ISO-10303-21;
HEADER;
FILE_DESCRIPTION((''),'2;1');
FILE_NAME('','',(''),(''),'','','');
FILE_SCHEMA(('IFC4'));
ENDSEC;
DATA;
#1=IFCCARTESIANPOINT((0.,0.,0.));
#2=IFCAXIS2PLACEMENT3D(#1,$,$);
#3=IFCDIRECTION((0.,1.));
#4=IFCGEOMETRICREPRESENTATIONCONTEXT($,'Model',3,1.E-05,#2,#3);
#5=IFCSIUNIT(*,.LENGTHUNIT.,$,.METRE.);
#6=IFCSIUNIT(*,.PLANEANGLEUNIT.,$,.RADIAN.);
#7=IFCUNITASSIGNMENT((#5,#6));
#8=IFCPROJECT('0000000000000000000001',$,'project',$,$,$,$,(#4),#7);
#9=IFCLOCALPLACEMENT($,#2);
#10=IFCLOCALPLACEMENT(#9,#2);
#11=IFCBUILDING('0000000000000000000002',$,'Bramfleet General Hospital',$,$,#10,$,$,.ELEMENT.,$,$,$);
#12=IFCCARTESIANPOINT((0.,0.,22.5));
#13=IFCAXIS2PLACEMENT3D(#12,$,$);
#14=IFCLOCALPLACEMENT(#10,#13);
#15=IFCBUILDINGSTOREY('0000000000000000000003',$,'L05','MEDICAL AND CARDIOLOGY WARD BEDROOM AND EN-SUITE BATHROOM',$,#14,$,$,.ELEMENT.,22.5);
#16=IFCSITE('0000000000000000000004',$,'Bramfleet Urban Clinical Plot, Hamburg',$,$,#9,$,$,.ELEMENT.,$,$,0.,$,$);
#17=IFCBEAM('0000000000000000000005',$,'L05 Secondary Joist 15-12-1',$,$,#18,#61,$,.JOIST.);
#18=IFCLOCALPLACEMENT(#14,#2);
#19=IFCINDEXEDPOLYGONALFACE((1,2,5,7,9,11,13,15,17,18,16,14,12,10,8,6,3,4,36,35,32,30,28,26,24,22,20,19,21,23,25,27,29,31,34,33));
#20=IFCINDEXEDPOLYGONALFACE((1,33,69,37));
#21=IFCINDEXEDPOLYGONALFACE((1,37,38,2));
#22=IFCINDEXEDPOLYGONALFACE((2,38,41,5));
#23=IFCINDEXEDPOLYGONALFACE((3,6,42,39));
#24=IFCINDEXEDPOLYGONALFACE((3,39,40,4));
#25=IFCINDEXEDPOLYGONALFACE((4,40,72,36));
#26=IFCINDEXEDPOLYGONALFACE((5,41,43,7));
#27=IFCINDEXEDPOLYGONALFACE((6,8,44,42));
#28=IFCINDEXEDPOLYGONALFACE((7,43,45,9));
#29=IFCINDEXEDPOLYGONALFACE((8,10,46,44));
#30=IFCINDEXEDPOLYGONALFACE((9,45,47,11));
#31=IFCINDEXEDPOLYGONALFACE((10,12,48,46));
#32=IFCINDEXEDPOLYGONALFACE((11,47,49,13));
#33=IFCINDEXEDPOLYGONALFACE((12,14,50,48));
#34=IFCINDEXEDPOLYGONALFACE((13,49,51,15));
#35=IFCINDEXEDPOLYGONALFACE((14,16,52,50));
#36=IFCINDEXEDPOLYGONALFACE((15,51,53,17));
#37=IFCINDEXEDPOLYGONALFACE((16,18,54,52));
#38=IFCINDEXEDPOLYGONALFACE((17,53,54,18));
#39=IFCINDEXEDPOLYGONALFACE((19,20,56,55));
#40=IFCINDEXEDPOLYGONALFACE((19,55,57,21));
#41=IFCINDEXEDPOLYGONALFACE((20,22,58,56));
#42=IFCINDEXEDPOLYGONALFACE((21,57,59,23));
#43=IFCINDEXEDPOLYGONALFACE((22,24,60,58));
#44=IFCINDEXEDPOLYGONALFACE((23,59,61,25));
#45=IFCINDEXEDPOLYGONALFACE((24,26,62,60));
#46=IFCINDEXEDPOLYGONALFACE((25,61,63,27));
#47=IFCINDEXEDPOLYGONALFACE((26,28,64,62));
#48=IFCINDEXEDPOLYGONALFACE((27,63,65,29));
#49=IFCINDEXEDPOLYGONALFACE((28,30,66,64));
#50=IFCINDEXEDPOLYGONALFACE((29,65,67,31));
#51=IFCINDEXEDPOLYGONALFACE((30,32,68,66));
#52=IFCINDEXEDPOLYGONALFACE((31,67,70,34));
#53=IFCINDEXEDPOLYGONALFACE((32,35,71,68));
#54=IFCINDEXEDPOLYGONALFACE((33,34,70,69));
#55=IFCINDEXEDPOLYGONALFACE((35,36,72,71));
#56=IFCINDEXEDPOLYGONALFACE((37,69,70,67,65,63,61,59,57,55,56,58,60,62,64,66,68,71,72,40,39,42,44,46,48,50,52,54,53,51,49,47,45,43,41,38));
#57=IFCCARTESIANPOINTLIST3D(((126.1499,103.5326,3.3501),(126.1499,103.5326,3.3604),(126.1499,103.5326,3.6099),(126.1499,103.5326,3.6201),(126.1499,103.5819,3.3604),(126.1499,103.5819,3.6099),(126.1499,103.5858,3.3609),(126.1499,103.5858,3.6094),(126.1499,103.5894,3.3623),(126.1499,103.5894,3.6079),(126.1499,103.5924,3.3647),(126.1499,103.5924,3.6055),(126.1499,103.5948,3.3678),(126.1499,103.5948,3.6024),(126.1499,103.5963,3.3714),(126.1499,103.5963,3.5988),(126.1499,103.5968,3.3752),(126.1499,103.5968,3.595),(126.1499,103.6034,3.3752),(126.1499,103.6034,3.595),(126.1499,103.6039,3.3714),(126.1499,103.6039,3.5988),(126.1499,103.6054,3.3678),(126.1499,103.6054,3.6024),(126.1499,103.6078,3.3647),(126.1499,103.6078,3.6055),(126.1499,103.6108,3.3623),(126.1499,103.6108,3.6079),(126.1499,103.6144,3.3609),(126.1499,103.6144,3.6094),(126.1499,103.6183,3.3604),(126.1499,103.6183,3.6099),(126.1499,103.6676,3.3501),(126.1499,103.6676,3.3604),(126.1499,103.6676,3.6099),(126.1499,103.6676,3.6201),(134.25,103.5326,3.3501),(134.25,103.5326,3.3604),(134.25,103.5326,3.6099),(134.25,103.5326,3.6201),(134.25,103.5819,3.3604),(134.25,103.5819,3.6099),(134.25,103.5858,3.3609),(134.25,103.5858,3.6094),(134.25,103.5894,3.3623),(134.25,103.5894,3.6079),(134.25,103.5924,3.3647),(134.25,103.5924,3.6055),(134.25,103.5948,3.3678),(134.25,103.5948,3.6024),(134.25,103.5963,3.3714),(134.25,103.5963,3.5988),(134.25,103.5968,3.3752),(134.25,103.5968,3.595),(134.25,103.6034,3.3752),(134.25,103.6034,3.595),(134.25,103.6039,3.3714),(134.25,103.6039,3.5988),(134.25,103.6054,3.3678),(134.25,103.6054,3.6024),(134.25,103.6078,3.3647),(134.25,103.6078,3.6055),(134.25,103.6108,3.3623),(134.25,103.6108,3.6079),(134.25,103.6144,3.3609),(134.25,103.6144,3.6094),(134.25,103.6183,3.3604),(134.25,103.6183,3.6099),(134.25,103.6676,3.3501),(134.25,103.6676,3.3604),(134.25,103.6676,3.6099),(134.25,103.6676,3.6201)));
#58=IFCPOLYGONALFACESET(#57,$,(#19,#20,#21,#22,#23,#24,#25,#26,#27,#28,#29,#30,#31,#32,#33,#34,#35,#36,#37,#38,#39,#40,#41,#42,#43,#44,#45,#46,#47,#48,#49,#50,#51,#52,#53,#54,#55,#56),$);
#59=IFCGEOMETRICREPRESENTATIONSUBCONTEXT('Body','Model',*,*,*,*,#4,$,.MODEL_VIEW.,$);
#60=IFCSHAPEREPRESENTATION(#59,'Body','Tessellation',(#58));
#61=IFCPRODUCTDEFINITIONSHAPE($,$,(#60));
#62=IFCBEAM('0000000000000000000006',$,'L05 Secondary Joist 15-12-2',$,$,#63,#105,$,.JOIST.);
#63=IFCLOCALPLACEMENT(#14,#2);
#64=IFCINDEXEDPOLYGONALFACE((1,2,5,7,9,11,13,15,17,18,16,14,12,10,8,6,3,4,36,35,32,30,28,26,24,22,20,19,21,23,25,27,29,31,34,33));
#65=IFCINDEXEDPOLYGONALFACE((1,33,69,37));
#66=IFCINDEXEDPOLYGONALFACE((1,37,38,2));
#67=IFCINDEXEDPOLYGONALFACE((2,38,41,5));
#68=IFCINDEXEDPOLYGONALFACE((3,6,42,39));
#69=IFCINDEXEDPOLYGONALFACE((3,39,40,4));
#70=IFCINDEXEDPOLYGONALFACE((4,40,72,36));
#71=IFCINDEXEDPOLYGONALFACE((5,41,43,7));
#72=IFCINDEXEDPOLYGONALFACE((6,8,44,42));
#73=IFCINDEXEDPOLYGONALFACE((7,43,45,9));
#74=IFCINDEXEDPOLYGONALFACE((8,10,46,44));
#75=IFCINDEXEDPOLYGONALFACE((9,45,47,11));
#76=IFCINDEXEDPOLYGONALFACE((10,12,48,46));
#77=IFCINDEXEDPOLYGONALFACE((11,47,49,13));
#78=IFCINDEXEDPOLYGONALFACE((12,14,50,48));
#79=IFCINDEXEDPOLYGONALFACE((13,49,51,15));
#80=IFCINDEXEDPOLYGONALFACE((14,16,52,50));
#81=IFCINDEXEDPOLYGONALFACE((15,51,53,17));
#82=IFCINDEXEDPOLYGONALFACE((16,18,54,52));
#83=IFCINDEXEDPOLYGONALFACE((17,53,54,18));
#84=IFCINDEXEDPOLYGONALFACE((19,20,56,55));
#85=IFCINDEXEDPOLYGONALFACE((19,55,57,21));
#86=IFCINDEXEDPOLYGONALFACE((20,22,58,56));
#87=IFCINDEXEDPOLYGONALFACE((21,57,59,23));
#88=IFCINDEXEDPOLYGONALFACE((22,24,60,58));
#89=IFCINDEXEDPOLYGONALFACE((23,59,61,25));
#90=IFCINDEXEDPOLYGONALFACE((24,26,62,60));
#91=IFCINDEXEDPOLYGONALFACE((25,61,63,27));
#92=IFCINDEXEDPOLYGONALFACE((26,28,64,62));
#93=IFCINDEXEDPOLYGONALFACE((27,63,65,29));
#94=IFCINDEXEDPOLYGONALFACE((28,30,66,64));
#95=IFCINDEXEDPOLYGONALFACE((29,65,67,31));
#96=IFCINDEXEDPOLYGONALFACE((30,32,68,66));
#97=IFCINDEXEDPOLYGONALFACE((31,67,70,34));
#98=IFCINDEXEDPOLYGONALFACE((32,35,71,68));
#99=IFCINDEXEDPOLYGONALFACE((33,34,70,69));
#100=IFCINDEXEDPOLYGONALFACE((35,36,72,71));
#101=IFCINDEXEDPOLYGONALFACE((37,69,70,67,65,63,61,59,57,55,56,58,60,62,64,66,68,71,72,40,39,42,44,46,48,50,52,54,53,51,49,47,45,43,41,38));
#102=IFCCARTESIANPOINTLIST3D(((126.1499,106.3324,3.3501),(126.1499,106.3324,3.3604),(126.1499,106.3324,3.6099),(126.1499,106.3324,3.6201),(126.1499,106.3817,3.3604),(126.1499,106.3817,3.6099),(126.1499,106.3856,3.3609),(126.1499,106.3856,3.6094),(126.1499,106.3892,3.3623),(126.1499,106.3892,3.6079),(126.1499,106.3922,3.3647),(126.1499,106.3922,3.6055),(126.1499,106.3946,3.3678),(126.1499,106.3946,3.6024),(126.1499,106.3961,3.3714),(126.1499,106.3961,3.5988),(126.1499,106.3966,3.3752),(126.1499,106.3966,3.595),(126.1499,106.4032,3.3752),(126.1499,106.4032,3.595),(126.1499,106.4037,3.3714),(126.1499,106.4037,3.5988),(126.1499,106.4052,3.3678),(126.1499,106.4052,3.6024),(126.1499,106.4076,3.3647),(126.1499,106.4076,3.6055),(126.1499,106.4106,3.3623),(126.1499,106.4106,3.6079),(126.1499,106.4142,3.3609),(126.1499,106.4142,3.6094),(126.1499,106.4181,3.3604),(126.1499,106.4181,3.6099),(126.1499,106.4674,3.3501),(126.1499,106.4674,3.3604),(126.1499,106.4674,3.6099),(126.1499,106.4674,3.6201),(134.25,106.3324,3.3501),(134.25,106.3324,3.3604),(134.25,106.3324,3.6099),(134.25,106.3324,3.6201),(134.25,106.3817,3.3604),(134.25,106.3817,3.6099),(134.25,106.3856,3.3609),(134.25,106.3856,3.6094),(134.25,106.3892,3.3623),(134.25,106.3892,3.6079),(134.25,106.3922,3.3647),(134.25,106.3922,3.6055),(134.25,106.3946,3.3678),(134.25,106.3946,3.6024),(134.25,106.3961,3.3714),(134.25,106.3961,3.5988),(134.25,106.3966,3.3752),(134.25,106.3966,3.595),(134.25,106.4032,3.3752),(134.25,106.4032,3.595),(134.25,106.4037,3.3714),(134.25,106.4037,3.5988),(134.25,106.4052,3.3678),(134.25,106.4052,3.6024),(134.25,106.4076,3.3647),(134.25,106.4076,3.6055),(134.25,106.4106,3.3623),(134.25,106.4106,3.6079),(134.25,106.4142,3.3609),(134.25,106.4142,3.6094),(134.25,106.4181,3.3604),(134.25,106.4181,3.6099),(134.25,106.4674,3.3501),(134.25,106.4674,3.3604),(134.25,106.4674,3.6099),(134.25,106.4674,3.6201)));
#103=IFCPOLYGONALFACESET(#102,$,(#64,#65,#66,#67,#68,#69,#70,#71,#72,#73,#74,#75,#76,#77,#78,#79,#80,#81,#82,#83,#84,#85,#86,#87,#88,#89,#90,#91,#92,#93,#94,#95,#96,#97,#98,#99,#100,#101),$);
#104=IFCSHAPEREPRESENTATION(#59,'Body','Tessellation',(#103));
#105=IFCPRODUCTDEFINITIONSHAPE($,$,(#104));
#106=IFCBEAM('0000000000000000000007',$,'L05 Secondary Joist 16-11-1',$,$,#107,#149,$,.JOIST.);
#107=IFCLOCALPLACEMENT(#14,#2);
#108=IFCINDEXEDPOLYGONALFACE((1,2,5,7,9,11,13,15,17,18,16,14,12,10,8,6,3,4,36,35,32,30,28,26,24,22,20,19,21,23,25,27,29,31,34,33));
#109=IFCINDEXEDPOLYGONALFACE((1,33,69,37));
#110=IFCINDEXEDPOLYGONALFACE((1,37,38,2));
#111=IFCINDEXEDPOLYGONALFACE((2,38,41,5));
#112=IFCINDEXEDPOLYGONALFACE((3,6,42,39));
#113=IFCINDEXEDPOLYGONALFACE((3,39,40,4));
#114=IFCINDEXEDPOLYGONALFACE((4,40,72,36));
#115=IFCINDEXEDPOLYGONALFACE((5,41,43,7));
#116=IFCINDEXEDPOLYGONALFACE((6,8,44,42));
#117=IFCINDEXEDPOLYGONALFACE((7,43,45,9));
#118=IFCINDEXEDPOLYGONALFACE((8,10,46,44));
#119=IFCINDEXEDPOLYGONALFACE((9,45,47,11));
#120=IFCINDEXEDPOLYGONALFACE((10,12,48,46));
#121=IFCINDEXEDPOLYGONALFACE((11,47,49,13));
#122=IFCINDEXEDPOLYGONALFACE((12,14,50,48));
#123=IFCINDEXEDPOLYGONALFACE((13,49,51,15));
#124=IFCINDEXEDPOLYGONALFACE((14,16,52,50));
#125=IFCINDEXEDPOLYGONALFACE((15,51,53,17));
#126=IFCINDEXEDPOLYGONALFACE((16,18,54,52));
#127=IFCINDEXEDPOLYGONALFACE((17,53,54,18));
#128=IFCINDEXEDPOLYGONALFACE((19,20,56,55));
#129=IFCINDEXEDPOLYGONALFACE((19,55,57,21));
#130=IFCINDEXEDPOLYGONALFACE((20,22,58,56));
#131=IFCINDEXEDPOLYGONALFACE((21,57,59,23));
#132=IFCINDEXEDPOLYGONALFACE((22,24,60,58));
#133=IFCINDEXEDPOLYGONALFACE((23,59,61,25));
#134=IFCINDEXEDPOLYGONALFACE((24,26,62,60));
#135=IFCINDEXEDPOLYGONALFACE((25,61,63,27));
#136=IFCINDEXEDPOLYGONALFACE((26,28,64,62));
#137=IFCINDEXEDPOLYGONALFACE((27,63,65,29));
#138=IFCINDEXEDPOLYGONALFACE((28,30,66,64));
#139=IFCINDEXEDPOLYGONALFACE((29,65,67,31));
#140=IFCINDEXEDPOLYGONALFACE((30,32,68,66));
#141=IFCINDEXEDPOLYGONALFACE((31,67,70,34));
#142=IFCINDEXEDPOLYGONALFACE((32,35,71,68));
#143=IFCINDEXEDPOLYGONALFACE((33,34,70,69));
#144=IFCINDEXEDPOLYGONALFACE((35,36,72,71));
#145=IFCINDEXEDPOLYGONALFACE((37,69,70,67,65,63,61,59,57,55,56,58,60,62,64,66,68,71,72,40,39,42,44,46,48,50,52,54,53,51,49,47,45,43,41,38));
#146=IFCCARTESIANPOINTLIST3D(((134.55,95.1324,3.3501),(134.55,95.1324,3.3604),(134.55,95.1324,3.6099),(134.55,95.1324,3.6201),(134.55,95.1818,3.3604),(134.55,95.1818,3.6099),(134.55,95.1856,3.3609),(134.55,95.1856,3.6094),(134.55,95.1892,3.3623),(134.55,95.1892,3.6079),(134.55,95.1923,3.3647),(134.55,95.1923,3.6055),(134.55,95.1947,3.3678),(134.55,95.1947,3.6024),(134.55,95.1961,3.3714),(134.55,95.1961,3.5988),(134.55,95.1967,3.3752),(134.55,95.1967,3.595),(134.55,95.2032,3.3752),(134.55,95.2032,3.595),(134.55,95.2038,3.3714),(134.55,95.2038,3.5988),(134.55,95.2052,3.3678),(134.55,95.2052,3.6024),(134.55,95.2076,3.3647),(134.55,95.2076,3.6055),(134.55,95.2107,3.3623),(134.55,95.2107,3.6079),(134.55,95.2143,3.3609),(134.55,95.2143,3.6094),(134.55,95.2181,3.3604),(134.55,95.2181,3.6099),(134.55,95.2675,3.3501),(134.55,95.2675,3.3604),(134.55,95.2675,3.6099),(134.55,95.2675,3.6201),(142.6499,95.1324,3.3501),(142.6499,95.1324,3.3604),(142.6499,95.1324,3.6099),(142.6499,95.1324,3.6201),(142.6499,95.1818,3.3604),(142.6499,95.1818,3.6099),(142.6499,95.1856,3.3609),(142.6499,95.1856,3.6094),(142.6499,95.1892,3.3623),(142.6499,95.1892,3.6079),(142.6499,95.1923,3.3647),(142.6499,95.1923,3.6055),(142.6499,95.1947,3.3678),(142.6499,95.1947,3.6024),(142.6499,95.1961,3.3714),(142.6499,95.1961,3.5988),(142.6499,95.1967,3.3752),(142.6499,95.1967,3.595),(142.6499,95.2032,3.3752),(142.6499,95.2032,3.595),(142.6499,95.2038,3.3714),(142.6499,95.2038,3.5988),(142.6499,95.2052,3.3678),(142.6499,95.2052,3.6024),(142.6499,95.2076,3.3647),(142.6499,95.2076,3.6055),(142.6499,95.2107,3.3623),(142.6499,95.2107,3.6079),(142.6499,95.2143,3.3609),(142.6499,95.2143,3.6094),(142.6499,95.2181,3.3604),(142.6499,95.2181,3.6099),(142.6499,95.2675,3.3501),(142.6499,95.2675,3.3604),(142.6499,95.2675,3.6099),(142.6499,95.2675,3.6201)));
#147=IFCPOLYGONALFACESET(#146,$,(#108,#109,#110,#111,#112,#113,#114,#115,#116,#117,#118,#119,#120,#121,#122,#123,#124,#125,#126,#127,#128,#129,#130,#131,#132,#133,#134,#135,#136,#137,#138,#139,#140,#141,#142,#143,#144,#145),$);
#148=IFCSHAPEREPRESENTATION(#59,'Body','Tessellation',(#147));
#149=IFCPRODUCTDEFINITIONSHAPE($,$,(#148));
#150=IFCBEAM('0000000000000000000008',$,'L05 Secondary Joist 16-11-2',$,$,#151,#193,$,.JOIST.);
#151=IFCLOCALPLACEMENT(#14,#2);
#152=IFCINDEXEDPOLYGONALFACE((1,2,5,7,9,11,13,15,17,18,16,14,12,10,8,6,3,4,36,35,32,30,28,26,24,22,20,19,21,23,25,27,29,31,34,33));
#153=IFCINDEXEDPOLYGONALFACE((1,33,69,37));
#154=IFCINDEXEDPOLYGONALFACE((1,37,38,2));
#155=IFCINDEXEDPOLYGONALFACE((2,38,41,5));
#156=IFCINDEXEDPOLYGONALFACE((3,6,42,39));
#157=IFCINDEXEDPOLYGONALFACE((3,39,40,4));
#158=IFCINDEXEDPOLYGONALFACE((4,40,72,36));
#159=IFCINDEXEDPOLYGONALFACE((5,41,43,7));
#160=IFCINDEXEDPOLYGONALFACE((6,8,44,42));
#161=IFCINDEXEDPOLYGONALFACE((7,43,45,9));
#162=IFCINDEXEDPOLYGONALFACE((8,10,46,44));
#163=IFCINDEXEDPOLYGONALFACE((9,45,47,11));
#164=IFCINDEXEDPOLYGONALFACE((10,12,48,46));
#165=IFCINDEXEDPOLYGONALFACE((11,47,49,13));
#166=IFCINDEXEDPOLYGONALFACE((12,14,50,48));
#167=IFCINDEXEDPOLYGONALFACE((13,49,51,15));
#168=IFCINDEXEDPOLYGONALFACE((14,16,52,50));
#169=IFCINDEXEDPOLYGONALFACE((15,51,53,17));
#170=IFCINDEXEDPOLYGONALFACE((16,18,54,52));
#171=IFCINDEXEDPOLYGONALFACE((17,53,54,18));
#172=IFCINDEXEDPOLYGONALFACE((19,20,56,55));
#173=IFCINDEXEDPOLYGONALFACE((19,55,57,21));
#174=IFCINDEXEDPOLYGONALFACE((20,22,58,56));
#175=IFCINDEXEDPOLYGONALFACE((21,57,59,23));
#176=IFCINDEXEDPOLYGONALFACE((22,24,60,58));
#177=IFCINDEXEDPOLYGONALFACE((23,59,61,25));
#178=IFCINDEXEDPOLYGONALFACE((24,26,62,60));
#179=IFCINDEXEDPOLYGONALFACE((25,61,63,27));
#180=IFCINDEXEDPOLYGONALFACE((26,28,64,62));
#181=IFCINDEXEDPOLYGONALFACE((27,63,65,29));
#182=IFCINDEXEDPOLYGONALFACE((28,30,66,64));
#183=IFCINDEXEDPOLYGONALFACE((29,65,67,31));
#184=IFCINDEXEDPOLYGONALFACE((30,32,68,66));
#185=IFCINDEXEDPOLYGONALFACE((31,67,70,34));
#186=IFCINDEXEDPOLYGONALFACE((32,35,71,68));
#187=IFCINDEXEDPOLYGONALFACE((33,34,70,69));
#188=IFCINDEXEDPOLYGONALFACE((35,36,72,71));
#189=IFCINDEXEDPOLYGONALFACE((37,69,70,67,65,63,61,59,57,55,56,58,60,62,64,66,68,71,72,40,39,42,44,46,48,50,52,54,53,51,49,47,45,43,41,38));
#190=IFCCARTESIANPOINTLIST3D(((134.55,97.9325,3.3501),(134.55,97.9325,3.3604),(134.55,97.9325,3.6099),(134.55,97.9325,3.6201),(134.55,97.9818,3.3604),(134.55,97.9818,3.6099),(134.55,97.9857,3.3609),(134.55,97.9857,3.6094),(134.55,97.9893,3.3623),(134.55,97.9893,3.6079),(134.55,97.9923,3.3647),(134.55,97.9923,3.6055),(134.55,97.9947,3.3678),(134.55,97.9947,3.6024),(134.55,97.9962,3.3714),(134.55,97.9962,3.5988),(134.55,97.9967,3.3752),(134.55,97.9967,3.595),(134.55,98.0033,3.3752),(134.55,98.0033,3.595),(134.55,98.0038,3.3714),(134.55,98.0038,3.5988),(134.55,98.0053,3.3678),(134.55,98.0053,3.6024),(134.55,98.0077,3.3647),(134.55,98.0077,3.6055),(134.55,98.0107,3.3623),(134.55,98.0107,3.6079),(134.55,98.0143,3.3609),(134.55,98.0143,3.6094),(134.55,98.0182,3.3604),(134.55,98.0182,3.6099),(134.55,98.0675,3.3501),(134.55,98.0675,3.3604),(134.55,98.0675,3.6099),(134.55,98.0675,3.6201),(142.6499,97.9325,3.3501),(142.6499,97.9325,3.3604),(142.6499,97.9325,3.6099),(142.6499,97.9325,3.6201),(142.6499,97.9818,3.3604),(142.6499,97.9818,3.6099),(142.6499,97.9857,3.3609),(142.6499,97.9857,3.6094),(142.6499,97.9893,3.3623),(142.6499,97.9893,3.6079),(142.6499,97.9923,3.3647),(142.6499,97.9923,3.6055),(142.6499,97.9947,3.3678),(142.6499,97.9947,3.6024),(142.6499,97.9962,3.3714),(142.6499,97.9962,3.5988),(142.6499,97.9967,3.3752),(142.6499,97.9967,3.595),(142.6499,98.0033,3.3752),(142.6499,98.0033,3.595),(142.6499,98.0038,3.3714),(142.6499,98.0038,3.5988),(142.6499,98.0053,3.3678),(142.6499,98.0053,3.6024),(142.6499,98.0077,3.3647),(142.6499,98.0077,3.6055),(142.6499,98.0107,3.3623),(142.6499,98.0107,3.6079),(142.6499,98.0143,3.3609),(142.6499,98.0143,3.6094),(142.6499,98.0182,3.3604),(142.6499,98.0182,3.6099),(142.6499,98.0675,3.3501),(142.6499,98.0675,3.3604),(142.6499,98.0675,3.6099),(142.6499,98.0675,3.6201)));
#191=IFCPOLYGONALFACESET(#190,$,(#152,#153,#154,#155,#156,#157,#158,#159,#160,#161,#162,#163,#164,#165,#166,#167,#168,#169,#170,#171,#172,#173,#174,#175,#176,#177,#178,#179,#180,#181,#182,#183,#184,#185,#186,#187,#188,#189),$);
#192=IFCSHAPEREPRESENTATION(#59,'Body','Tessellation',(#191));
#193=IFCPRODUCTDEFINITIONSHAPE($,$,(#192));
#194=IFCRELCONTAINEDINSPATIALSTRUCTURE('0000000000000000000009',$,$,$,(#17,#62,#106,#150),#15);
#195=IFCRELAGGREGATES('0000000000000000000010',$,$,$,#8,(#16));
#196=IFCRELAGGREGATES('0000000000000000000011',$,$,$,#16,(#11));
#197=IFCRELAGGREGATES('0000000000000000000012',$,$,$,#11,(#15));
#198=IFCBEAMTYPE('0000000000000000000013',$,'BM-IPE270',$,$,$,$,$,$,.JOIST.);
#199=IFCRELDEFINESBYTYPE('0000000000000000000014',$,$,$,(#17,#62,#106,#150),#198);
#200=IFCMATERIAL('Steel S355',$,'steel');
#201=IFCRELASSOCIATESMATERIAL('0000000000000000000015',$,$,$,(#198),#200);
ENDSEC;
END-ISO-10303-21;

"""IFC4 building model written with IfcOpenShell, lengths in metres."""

from ifc_helpers import new_model, si_unit, direction, frame, origin, origin_2d, place, context, subcontext, project, spatial, i_section, extrude, material, material_profile, profile_set, type_object, element, save


model = new_model("IFC4")

# Units and contexts
model_context = context("Model", 3, precision=1e-05, world=origin(), true_north=direction((0.0, 1.0)))
body_context = subcontext(model_context, "Body", "Model", "MODEL_VIEW")
ifc_project = project(units=[si_unit("LENGTHUNIT", "METRE"), si_unit("PLANEANGLEUNIT", "RADIAN")], contexts=[model_context])

# Site, building, storey
site_placement = place(None, origin())
site = spatial("IfcSite", under=ifc_project, at=site_placement, Name="Bramfleet Urban Clinical Plot, Hamburg", CompositionType="ELEMENT", RefElevation=0.0)
building_placement = place(site_placement, origin())
building = spatial("IfcBuilding", under=site, at=building_placement, Name="Bramfleet General Hospital", CompositionType="ELEMENT")
storey_placement = place(building_placement, frame((0.0, 0.0, 22.5)))
storey = spatial("IfcBuildingStorey", under=building, at=storey_placement, Name="L05", Description="MEDICAL AND CARDIOLOGY WARD BEDROOM AND EN-SUITE BATHROOM", CompositionType="ELEMENT", Elevation=22.5)

# Beams
ifc_material_1 = material(Name="Steel S355", Category="steel")
ifc_material_profile_1 = material_profile(ifc_material_1, i_section(OverallWidth=0.135, OverallDepth=0.27, WebThickness=0.0066, FlangeThickness=0.0103, FilletRadius=0.0149, at=origin_2d()), Name="IPE 270")
ifc_profile_set_1 = profile_set([ifc_material_profile_1], Name="Steel S355")
beam_type_1 = type_object("IfcBeamType", Name="BM-IPE270", PredefinedType="JOIST", material=ifc_profile_set_1)
for number, where, z_axis, x_axis, name in (
    (1, (126.1499, 103.6001, 3.4851), (1.0, 0.0, 0.0), (0.0, 1.0, 0.0), "L05 Secondary Joist 15-12-1"),
    (2, (126.1499, 106.3999, 3.4851), (1.0, 0.0, 0.0), (0.0, 1.0, 0.0), "L05 Secondary Joist 15-12-2"),
):
    element("IfcBeam", number, at=place(storey_placement, frame(where, z_axis=z_axis, x_axis=x_axis)), inside=storey, type_object=beam_type_1, Name=name, PredefinedType="JOIST", context=body_context, shape_type="SweptSolid", body=[
        extrude(i_section(OverallWidth=0.135, OverallDepth=0.27, WebThickness=0.0066, FlangeThickness=0.0103, FilletRadius=0.0149, at=origin_2d()), origin(), (0.0, 0.0, 1.0), 8.1001),
    ])
for number, where, z_axis, x_axis, name in (
    (3, (134.55, 95.2, 3.4851), (1.0, 0.0, 0.0), (0.0, 1.0, 0.0), "L05 Secondary Joist 16-11-1"),
    (4, (134.55, 98.0, 3.4851), (1.0, 0.0, 0.0), (0.0, 1.0, 0.0), "L05 Secondary Joist 16-11-2"),
):
    element("IfcBeam", number, at=place(storey_placement, frame(where, z_axis=z_axis, x_axis=x_axis)), inside=storey, type_object=beam_type_1, Name=name, PredefinedType="JOIST", context=body_context, shape_type="SweptSolid", body=[
        extrude(i_section(OverallWidth=0.135, OverallDepth=0.27, WebThickness=0.0066, FlangeThickness=0.0103, FilletRadius=0.0149, at=origin_2d()), origin(), (0.0, 0.0, 1.0), 8.0999),
    ])

save(model, "model.ifc")
